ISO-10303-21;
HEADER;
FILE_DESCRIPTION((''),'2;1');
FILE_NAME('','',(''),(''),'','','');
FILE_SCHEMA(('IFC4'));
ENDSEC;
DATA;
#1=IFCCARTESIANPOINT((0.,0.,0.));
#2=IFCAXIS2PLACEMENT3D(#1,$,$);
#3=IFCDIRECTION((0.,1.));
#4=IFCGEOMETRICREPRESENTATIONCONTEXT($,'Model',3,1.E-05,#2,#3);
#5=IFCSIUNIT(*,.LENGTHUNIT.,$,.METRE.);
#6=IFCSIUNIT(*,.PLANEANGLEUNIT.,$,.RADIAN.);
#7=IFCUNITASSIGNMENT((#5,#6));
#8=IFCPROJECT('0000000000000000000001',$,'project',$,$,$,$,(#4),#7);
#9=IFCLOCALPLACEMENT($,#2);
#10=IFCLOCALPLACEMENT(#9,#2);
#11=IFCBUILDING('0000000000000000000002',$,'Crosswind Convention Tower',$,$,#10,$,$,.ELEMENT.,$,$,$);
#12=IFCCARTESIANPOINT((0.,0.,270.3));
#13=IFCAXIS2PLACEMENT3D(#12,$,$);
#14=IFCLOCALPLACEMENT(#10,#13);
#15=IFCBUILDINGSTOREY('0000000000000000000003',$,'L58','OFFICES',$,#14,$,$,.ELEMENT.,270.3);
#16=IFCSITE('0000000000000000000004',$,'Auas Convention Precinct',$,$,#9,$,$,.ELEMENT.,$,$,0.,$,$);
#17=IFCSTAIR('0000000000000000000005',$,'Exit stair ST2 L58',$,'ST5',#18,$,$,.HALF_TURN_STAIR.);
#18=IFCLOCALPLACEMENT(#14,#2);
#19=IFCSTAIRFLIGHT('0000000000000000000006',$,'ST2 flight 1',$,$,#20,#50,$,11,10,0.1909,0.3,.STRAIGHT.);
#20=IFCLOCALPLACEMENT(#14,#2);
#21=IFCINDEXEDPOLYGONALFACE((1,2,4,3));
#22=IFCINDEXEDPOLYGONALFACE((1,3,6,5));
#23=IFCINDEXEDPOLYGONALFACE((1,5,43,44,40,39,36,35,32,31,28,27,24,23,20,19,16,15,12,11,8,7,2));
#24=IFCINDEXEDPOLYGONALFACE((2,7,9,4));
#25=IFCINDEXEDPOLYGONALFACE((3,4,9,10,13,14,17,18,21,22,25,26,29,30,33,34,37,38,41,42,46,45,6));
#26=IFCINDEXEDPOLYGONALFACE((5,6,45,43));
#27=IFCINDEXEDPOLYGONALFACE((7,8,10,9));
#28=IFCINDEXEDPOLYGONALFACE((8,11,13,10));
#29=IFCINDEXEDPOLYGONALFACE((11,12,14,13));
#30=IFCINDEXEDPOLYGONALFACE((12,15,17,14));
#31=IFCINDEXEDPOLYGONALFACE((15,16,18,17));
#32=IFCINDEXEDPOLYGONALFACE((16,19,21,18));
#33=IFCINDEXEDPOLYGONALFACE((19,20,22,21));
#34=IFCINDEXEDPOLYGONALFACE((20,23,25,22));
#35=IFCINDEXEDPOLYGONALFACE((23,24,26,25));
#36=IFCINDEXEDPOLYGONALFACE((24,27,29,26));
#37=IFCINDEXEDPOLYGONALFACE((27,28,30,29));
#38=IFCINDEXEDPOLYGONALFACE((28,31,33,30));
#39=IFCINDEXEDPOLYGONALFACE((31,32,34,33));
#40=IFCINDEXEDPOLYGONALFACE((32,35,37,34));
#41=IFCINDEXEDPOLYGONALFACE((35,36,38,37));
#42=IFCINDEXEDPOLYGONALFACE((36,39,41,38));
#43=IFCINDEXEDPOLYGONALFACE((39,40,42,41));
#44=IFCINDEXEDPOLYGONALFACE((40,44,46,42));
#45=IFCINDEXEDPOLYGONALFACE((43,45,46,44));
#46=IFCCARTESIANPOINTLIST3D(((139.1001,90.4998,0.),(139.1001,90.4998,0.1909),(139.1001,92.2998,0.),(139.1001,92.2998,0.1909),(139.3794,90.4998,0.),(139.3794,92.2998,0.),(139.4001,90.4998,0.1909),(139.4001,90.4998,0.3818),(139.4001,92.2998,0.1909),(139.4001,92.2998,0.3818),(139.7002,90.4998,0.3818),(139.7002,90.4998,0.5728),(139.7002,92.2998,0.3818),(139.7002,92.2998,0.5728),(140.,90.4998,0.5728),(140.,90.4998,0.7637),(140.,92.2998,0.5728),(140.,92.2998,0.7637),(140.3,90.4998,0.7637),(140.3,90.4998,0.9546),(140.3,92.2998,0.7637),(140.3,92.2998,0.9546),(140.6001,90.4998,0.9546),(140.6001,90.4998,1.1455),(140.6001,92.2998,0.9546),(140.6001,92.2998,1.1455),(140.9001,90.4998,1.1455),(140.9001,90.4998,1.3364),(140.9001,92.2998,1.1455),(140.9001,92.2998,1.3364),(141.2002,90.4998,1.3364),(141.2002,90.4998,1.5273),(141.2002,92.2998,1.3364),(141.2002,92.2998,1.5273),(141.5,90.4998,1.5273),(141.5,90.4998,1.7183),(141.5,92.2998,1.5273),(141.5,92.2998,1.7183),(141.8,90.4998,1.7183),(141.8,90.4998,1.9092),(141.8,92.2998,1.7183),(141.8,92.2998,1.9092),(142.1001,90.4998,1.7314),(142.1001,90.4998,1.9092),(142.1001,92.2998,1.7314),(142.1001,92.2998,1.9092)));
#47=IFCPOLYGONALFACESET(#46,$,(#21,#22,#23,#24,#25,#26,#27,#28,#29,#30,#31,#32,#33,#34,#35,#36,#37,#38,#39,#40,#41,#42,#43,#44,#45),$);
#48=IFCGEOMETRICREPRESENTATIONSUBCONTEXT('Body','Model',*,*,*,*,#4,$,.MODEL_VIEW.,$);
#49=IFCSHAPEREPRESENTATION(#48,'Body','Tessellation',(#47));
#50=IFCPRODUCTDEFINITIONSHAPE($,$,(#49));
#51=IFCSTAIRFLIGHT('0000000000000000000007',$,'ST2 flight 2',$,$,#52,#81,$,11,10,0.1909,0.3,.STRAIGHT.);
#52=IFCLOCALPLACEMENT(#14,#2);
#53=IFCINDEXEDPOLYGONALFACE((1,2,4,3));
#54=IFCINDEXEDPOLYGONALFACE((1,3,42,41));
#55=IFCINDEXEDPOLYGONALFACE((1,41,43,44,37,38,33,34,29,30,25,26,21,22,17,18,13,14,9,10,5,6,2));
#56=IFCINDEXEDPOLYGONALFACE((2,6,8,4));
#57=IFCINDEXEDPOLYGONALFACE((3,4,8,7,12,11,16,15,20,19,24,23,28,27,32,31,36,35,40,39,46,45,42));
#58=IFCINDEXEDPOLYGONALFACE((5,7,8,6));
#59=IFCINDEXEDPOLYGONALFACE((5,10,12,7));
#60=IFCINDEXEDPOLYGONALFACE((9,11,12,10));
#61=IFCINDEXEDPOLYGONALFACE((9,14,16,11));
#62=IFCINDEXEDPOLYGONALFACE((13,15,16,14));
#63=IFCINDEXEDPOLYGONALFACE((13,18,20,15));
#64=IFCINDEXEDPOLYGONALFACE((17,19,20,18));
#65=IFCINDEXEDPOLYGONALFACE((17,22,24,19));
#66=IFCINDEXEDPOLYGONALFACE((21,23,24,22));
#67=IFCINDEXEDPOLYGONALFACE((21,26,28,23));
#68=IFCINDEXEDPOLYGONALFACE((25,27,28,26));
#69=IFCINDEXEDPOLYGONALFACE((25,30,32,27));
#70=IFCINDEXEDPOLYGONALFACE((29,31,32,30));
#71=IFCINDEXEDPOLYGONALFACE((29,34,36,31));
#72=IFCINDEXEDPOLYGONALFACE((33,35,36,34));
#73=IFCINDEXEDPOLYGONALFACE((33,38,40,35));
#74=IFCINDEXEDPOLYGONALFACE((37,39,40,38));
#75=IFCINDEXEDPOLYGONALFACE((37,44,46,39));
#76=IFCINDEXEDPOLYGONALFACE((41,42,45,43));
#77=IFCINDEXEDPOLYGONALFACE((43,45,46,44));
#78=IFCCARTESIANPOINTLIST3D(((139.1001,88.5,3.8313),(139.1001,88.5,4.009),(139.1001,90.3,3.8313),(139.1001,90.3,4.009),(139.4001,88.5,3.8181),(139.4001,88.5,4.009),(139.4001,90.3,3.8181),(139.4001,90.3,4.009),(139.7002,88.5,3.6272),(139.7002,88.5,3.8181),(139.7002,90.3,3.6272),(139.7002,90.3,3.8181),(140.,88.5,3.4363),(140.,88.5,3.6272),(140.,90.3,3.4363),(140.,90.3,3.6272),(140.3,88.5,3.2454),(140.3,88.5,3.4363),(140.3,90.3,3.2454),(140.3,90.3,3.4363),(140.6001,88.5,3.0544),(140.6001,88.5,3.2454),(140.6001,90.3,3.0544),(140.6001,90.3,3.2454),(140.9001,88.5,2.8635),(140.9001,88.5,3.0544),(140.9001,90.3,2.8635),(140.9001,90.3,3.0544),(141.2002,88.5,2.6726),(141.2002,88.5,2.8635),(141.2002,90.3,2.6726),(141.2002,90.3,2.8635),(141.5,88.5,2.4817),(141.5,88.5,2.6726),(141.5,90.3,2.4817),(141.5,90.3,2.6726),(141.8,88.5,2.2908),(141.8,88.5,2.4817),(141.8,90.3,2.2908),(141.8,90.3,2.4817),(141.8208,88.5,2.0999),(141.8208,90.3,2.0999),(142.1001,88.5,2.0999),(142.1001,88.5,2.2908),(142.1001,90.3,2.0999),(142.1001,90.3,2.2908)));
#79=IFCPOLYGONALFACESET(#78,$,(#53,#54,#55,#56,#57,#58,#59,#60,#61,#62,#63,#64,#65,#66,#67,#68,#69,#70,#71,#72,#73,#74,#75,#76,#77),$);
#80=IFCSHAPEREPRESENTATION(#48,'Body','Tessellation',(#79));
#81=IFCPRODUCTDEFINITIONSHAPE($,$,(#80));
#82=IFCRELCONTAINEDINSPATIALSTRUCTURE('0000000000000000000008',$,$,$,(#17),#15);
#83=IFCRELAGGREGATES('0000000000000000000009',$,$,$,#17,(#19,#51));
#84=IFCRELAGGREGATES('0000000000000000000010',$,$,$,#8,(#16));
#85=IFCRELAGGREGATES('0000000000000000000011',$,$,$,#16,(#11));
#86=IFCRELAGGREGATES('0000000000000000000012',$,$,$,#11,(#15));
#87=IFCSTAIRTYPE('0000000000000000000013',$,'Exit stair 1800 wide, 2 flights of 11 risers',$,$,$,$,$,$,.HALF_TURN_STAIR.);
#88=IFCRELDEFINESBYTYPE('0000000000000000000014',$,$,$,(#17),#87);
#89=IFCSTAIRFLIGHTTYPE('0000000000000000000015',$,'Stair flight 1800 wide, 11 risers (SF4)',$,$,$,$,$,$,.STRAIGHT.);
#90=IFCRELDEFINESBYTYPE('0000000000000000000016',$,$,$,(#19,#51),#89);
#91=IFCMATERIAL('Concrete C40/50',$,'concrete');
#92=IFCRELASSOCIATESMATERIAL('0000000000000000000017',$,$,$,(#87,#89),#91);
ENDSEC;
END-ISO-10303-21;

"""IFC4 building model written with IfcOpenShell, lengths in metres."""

from ifc_helpers import new_model, si_unit, direction, frame, origin, place, context, subcontext, project, spatial, polyline, outline, extrude, material, type_object, element, aggregate, save


model = new_model("IFC4")

# Units and contexts
model_context = context("Model", 3, precision=1e-05, world=origin(), true_north=direction((0.0, 1.0)))
body_context = subcontext(model_context, "Body", "Model", "MODEL_VIEW")
ifc_project = project(units=[si_unit("LENGTHUNIT", "METRE"), si_unit("PLANEANGLEUNIT", "RADIAN")], contexts=[model_context])

# Site, building, storey
site_placement = place(None, origin())
site = spatial("IfcSite", under=ifc_project, at=site_placement, Name="Auas Convention Precinct", CompositionType="ELEMENT", RefElevation=0.0)
building_placement = place(site_placement, origin())
building = spatial("IfcBuilding", under=site, at=building_placement, Name="Crosswind Convention Tower", CompositionType="ELEMENT")
storey_placement = place(building_placement, frame((0.0, 0.0, 270.3)))
storey = spatial("IfcBuildingStorey", under=building, at=storey_placement, Name="L58", Description="OFFICES", CompositionType="ELEMENT", Elevation=270.3)

# Stair, stair flights
ifc_material_1 = material(Name="Concrete C40/50", Category="concrete")
stair_type = type_object("IfcStairType", Name="Exit stair 1800 wide, 2 flights of 11 risers", PredefinedType="HALF_TURN_STAIR", material=ifc_material_1)
stair_placement = place(storey_placement, origin())
stair = element("IfcStair", 1, at=stair_placement, inside=storey, type_object=stair_type, Name="Exit stair ST2 L58", ObjectType="ST5", PredefinedType="HALF_TURN_STAIR")
stair_flight_type = type_object("IfcStairFlightType", Name="Stair flight 1800 wide, 11 risers (SF4)", PredefinedType="STRAIGHT", material=ifc_material_1)
stair_flight_1_placement = place(storey_placement, frame((139.1001, 91.3999, 0.0), z_axis=(0.0, 0.0, 1.0), x_axis=(1.0, 0.0, 0.0)))
stair_flight_1 = element("IfcStairFlight", 2, at=stair_flight_1_placement, type_object=stair_flight_type, Name="ST2 flight 1", NumberOfRisers=11, NumberOfTreads=10, PredefinedType="STRAIGHT", RiserHeight=0.1909, TreadLength=0.3, context=body_context, shape_type="SweptSolid", body=[
    extrude(outline(polyline([(0.0, 0.0), (0.0, 0.1909), (0.3, 0.1909), (0.3, 0.3818), (0.6001, 0.3818), (0.6001, 0.5728), (0.8999, 0.5728), (0.8999, 0.7637), (1.2, 0.7637), (1.2, 0.9546), (1.5, 0.9546), (1.5, 1.1455), (1.8, 1.1455), (1.8, 1.3364), (2.1001, 1.3364), (2.1001, 1.5273), (2.3999, 1.5273), (2.3999, 1.7183), (2.7, 1.7183), (2.7, 1.9092), (3.0, 1.9092), (3.0, 2.1001), (3.0, 1.7314), (0.2793, 0.0), (0.0, 0.0)])), frame((0.0, 0.8999, 0.0), z_axis=(0.0, -1.0, 0.0), x_axis=(1.0, 0.0, 0.0)), (0.0, 0.0, 1.0), 1.8),
])
stair_flight_2_placement = place(storey_placement, frame((142.1001, 89.3999, 2.0999), z_axis=(0.0, 0.0, 1.0), x_axis=(-1.0, 0.0, 0.0)))
stair_flight_2 = element("IfcStairFlight", 3, at=stair_flight_2_placement, type_object=stair_flight_type, Name="ST2 flight 2", NumberOfRisers=11, NumberOfTreads=10, PredefinedType="STRAIGHT", RiserHeight=0.1909, TreadLength=0.3, context=body_context, shape_type="SweptSolid", body=[
    extrude(outline(polyline([(0.0, 0.0), (0.0, 0.1909), (0.3, 0.1909), (0.3, 0.3818), (0.6001, 0.3818), (0.6001, 0.5728), (0.8999, 0.5728), (0.8999, 0.7637), (1.2, 0.7637), (1.2, 0.9546), (1.5, 0.9546), (1.5, 1.1455), (1.8, 1.1455), (1.8, 1.3364), (2.1001, 1.3364), (2.1001, 1.5273), (2.3999, 1.5273), (2.3999, 1.7183), (2.7, 1.7183), (2.7, 1.9092), (3.0, 1.9092), (3.0, 2.1001), (3.0, 1.7314), (0.2793, 0.0), (0.0, 0.0)])), frame((0.0, 0.8999, 0.0), z_axis=(0.0, -1.0, 0.0), x_axis=(1.0, 0.0, 0.0)), (0.0, 0.0, 1.0), 1.8),
])
aggregate(stair, [stair_flight_1, stair_flight_2])

save(model, "model.ifc")
